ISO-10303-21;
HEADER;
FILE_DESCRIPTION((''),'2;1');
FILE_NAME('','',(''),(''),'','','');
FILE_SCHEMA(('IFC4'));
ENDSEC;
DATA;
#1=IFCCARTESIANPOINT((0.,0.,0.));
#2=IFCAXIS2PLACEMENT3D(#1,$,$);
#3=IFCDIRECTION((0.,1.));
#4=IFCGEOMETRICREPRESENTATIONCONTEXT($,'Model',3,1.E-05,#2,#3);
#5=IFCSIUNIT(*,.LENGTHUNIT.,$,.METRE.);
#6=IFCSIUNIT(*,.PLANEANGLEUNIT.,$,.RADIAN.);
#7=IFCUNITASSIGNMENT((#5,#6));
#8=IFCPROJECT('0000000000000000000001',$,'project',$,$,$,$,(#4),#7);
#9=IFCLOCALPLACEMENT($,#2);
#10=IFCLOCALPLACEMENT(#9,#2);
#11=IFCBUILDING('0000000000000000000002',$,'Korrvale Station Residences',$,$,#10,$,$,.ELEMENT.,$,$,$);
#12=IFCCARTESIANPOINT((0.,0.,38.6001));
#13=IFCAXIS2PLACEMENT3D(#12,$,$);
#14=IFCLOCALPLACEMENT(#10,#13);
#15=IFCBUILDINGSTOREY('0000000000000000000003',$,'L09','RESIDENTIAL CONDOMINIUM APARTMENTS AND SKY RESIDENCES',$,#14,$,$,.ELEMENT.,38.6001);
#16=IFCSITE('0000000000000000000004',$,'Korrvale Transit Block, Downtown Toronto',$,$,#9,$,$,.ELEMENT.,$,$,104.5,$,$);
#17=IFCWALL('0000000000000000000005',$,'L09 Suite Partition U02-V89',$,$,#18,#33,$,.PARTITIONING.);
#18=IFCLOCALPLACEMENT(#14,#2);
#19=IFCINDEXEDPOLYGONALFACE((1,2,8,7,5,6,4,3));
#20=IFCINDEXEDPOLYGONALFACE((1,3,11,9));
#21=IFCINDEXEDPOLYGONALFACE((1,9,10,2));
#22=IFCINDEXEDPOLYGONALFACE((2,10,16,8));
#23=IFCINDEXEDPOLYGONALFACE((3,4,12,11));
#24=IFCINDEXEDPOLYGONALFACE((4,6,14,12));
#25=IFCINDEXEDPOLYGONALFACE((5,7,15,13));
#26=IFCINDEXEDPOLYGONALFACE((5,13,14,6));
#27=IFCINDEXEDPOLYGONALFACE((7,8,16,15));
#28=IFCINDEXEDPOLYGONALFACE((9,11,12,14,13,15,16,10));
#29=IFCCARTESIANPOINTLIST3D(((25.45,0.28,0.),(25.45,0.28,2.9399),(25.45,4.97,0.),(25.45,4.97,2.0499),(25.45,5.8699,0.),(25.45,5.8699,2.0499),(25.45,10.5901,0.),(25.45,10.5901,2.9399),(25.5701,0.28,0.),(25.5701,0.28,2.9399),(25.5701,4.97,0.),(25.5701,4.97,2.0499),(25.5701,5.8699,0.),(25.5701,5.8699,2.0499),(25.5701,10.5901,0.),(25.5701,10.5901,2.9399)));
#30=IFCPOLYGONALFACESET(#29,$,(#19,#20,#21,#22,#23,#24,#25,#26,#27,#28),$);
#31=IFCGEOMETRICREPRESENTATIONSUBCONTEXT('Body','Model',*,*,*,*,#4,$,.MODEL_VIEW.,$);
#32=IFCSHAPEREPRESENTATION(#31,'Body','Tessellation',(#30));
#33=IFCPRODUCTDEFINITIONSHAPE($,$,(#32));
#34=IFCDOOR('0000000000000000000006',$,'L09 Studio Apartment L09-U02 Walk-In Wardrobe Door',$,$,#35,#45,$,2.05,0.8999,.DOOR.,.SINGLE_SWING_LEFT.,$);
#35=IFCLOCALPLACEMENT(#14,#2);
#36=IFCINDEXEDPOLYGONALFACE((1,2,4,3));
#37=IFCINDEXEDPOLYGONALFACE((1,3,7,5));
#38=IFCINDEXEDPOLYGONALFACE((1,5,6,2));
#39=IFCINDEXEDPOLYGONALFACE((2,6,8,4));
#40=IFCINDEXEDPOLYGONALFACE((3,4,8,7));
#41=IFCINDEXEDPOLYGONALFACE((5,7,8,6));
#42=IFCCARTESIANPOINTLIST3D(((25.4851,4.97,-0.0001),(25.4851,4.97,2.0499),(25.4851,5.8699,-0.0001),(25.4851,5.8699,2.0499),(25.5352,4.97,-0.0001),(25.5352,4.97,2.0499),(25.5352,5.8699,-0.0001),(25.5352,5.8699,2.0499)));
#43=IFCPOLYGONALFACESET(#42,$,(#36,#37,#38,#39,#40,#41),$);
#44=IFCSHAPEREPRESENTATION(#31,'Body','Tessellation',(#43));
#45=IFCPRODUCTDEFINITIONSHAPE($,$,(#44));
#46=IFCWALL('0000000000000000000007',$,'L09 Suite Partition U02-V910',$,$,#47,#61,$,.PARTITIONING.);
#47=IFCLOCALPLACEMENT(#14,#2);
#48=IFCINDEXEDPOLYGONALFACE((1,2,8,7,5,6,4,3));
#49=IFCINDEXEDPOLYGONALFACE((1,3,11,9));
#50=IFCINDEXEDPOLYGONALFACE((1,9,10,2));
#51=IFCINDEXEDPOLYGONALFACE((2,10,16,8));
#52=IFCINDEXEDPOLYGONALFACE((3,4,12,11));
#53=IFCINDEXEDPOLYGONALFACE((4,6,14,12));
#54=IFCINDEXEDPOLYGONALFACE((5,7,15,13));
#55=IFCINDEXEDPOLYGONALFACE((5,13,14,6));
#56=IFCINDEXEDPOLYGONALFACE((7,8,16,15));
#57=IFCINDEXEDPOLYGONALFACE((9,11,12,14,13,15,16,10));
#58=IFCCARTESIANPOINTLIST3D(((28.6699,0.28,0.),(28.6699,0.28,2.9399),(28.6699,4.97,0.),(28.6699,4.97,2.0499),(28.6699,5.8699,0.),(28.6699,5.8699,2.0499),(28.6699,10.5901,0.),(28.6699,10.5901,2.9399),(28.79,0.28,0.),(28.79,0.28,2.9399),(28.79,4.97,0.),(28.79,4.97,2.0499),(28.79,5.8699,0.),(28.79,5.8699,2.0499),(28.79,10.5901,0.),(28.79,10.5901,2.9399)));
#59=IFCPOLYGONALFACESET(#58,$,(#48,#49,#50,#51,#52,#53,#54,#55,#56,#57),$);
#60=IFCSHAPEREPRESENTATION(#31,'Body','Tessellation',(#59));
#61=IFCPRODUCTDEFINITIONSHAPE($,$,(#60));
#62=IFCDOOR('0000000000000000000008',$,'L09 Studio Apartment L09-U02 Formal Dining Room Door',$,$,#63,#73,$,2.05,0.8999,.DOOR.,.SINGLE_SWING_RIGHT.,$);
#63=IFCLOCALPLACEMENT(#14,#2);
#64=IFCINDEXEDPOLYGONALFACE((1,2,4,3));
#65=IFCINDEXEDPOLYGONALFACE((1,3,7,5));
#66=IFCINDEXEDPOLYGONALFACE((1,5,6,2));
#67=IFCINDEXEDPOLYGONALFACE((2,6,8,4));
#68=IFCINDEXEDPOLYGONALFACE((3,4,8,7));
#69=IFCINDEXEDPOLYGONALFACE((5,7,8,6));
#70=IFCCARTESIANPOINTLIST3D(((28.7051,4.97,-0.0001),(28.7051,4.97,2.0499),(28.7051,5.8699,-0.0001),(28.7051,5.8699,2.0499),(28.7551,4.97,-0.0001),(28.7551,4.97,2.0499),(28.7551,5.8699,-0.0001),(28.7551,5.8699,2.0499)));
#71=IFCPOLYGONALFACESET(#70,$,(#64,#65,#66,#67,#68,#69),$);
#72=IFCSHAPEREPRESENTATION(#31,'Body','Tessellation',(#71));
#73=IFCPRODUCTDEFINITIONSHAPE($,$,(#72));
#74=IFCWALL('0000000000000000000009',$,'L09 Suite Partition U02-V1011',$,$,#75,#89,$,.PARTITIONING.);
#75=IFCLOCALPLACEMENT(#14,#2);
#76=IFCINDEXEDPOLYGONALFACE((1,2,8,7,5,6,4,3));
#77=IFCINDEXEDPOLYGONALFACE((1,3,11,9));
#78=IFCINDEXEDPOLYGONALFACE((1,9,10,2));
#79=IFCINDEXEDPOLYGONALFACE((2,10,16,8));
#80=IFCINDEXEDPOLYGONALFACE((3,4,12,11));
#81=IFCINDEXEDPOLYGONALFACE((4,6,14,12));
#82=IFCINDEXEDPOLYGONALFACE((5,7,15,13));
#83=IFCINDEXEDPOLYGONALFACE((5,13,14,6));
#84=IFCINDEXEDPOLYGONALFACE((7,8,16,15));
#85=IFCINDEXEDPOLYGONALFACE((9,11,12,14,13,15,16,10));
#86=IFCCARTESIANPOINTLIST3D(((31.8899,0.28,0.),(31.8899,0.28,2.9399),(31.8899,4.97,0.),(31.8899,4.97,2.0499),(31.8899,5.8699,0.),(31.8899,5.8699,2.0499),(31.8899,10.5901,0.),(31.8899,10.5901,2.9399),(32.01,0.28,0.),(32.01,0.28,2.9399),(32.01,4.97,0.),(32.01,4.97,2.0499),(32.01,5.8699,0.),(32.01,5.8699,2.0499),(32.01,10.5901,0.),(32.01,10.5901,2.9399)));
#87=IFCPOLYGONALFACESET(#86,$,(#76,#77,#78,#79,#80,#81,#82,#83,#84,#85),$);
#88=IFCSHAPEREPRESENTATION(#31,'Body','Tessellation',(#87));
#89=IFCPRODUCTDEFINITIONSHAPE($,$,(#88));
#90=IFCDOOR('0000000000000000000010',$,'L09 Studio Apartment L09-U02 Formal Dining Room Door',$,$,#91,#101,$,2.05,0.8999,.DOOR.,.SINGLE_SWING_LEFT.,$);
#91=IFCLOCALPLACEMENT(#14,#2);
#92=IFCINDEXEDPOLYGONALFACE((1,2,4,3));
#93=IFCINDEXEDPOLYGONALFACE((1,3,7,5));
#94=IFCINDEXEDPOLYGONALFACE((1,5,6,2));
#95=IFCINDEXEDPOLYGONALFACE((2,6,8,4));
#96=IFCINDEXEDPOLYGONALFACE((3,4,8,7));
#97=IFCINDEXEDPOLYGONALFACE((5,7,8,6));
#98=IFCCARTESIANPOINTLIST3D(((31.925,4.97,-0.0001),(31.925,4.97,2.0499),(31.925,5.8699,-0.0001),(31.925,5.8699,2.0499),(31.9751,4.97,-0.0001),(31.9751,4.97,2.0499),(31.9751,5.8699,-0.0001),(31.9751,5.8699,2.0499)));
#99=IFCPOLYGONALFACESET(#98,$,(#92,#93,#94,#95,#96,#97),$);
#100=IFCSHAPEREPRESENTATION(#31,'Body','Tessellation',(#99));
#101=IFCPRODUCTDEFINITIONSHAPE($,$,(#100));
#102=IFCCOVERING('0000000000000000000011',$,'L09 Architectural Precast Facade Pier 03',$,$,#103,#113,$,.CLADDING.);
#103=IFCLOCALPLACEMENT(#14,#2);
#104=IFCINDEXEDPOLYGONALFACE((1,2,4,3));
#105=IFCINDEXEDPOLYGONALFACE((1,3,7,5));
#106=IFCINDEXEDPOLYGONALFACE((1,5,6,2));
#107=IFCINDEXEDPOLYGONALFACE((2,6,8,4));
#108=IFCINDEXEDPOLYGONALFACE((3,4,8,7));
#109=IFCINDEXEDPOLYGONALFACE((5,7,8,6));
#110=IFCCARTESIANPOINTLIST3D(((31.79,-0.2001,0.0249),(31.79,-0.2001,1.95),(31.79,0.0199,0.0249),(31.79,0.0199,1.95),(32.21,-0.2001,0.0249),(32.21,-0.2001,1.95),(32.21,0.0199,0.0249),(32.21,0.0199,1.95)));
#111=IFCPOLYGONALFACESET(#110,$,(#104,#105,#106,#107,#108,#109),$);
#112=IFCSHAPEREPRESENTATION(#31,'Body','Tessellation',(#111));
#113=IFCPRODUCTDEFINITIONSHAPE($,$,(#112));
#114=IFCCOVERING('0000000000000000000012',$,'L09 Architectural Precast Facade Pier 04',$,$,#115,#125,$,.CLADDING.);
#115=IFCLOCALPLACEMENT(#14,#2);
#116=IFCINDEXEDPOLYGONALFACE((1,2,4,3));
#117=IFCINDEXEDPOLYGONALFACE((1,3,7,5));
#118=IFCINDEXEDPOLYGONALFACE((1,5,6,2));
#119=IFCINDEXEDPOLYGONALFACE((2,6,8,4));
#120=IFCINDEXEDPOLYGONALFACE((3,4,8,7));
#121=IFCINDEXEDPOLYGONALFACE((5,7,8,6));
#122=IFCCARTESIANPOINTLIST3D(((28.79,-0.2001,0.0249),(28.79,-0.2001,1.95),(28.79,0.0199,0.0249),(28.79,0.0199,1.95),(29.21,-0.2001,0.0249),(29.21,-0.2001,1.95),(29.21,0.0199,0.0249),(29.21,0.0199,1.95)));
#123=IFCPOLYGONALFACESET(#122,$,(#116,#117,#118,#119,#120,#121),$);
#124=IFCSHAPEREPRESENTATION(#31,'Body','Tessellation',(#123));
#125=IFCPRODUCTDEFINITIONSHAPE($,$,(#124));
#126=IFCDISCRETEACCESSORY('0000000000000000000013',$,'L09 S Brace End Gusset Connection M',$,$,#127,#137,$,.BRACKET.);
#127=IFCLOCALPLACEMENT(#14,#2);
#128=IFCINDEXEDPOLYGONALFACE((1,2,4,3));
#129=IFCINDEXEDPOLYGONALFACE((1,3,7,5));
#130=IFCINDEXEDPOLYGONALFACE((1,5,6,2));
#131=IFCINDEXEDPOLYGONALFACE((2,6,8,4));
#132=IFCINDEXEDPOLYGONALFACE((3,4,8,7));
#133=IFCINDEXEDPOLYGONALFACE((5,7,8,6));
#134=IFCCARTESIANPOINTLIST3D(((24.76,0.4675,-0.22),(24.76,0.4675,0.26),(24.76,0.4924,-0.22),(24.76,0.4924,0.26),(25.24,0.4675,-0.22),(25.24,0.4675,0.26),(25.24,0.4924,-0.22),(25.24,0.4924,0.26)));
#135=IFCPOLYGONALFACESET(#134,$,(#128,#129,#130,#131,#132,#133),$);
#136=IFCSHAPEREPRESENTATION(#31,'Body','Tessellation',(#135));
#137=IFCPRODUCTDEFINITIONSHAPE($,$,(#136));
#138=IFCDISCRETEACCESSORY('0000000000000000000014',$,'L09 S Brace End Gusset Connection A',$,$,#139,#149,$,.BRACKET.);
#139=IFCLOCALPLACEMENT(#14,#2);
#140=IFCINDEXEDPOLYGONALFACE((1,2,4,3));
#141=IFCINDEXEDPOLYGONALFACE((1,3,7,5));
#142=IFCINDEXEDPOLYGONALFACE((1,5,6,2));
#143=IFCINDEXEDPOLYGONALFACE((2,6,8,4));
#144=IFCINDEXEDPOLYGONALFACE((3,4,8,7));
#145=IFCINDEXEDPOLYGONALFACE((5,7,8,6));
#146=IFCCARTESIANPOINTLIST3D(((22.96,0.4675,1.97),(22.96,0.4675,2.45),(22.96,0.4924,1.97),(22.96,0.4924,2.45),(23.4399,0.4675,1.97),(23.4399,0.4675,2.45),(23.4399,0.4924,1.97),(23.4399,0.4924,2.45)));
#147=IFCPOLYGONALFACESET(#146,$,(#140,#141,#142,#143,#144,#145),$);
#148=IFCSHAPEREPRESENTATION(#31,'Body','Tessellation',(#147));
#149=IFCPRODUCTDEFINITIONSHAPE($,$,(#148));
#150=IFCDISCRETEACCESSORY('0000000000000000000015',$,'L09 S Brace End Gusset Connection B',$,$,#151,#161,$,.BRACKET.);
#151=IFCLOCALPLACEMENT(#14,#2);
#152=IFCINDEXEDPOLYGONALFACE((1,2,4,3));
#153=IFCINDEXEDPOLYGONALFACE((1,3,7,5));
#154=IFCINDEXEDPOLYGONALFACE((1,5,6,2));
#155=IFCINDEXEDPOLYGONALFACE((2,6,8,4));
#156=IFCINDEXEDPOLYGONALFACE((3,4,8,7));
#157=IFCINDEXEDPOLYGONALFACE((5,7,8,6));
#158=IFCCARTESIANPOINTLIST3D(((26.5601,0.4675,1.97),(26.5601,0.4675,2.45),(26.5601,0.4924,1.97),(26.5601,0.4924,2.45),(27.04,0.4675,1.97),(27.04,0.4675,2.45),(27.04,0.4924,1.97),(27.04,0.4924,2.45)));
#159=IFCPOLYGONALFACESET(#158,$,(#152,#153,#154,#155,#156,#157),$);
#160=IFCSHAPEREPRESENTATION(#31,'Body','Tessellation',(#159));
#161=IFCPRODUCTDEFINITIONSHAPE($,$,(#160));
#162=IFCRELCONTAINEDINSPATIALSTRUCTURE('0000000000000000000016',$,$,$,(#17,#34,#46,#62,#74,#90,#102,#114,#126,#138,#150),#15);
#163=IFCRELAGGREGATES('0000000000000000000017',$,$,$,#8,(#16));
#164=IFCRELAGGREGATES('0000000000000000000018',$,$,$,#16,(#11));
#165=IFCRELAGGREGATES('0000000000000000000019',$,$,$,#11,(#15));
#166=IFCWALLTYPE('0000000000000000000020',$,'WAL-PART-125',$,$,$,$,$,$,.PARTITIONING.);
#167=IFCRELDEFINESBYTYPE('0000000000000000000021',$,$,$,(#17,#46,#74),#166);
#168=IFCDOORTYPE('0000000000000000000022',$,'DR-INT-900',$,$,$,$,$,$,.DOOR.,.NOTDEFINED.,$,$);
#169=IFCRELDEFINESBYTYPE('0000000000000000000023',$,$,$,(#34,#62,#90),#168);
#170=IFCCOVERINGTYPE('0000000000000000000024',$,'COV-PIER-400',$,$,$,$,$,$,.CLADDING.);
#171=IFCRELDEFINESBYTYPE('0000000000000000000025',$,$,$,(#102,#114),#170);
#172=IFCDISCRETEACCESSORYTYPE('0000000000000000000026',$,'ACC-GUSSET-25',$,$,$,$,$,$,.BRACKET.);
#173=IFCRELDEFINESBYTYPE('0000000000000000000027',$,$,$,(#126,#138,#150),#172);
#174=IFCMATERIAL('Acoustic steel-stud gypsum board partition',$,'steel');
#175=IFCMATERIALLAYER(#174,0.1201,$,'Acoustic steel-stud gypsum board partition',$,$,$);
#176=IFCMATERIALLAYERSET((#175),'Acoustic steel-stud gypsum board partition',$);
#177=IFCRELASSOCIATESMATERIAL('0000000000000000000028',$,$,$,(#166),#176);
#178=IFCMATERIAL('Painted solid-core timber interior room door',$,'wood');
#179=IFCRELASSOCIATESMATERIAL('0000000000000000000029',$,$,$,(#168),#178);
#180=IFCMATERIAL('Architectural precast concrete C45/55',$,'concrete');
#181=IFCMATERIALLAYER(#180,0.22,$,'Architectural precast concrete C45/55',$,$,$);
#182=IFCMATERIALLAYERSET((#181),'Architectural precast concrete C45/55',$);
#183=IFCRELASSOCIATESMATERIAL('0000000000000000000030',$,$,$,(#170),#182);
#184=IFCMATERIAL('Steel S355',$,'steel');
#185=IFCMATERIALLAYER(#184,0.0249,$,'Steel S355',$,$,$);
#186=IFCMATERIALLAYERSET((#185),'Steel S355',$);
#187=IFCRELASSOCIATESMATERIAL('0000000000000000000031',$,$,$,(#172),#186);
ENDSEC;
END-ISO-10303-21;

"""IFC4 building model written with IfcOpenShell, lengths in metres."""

from ifc_helpers import new_model, si_unit, direction, frame, frame_2d, origin, origin_2d, place, context, subcontext, project, spatial, rectangle, extrude, material, layer, layer_set, type_object, element, fill, save


model = new_model("IFC4")

# Units and contexts
model_context = context("Model", 3, precision=1e-05, world=origin(), true_north=direction((0.0, 1.0)))
body_context = subcontext(model_context, "Body", "Model", "MODEL_VIEW")
ifc_project = project(units=[si_unit("LENGTHUNIT", "METRE"), si_unit("PLANEANGLEUNIT", "RADIAN")], contexts=[model_context])

# Site, building, storey
site_placement = place(None, origin())
site = spatial("IfcSite", under=ifc_project, at=site_placement, Name="Korrvale Transit Block, Downtown Toronto", CompositionType="ELEMENT", RefElevation=104.5)
building_placement = place(site_placement, origin())
building = spatial("IfcBuilding", under=site, at=building_placement, Name="Korrvale Station Residences", CompositionType="ELEMENT")
storey_placement = place(building_placement, frame((0.0, 0.0, 38.6001)))
storey = spatial("IfcBuildingStorey", under=building, at=storey_placement, Name="L09", Description="RESIDENTIAL CONDOMINIUM APARTMENTS AND SKY RESIDENCES", CompositionType="ELEMENT", Elevation=38.6001)

# Shared definitions
ifc_material_1 = material(Name="Steel S355", Category="steel")

# Shared definitions
ifc_material_2 = material(Name="Acoustic steel-stud gypsum board partition", Category="steel")
ifc_layer_1 = layer(ifc_material_2, 0.1201, Name="Acoustic steel-stud gypsum board partition")
ifc_layer_set_1 = layer_set([ifc_layer_1], Name="Acoustic steel-stud gypsum board partition")
wall_type = type_object("IfcWallType", Name="WAL-PART-125", PredefinedType="PARTITIONING", material=ifc_layer_set_1)
ifc_material_3 = material(Name="Painted solid-core timber interior room door", Category="wood")
door_type = type_object("IfcDoorType", Name="DR-INT-900", OperationType="NOTDEFINED", PredefinedType="DOOR", material=ifc_material_3)

# Walls, openings, doors
wall_1_placement = place(storey_placement, frame((25.51, 0.28, 0.0), z_axis=(0.0, 0.0, 1.0), x_axis=(0.0, 1.0, 0.0)))
wall_1 = element("IfcWall", 1, at=wall_1_placement, inside=storey, type_object=wall_type, Name="L09 Suite Partition U02-V89", PredefinedType="PARTITIONING", context=body_context, shape_type="SweptSolid", body=[
    extrude(rectangle(XDim=10.3101, YDim=0.1201, at=frame_2d((5.155, 0.0))), origin(), (0.0, 0.0, 1.0), 2.9399),
])
opening_1_placement = place(wall_1_placement, frame((4.6899, 0.0, 0.0)))
opening_1 = element("IfcOpeningElement", 2, at=opening_1_placement, cuts=wall_1, PredefinedType="OPENING", context=body_context, shape_type="SweptSolid", body=[
    extrude(rectangle(XDim=0.8999, YDim=2.05, at=frame_2d((0.45, 1.0249))), frame((0.0, 0.0701, 0.0), z_axis=(0.0, -1.0, 0.0), x_axis=(1.0, 0.0, 0.0)), (0.0, 0.0, 1.0), 0.1401),
])
door_1_placement = place(opening_1_placement, origin())
door_1 = element("IfcDoor", 3, at=door_1_placement, inside=storey, type_object=door_type, Name="L09 Studio Apartment L09-U02 Walk-In Wardrobe Door", OperationType="SINGLE_SWING_LEFT", OverallHeight=2.05, OverallWidth=0.8999, PredefinedType="DOOR", context=body_context, shape_type="SweptSolid", body=[
    extrude(rectangle(XDim=0.8999, YDim=2.05, at=frame_2d((0.45, 1.0249))), frame((0.0, 0.0249, 0.0), z_axis=(0.0, -1.0, 0.0), x_axis=(1.0, 0.0, 0.0)), (0.0, 0.0, 1.0), 0.05),
])
fill(opening_1, door_1)
wall_2_placement = place(storey_placement, frame((28.73, 0.28, 0.0), z_axis=(0.0, 0.0, 1.0), x_axis=(0.0, 1.0, 0.0)))
wall_2 = element("IfcWall", 4, at=wall_2_placement, inside=storey, type_object=wall_type, Name="L09 Suite Partition U02-V910", PredefinedType="PARTITIONING", context=body_context, shape_type="SweptSolid", body=[
    extrude(rectangle(XDim=10.3101, YDim=0.1201, at=frame_2d((5.155, 0.0))), origin(), (0.0, 0.0, 1.0), 2.9399),
])
opening_2_placement = place(wall_2_placement, frame((4.6899, 0.0, 0.0)))
opening_2 = element("IfcOpeningElement", 5, at=opening_2_placement, cuts=wall_2, PredefinedType="OPENING", context=body_context, shape_type="SweptSolid", body=[
    extrude(rectangle(XDim=0.8999, YDim=2.05, at=frame_2d((0.45, 1.0249))), frame((0.0, 0.0701, 0.0), z_axis=(0.0, -1.0, 0.0), x_axis=(1.0, 0.0, 0.0)), (0.0, 0.0, 1.0), 0.1401),
])
door_2_placement = place(opening_2_placement, origin())
door_2 = element("IfcDoor", 6, at=door_2_placement, inside=storey, type_object=door_type, Name="L09 Studio Apartment L09-U02 Formal Dining Room Door", OperationType="SINGLE_SWING_RIGHT", OverallHeight=2.05, OverallWidth=0.8999, PredefinedType="DOOR", context=body_context, shape_type="SweptSolid", body=[
    extrude(rectangle(XDim=0.8999, YDim=2.05, at=frame_2d((0.45, 1.0249))), frame((0.0, 0.0249, 0.0), z_axis=(0.0, -1.0, 0.0), x_axis=(1.0, 0.0, 0.0)), (0.0, 0.0, 1.0), 0.05),
])
fill(opening_2, door_2)
wall_3_placement = place(storey_placement, frame((31.95, 0.28, 0.0), z_axis=(0.0, 0.0, 1.0), x_axis=(0.0, 1.0, 0.0)))
wall_3 = element("IfcWall", 7, at=wall_3_placement, inside=storey, type_object=wall_type, Name="L09 Suite Partition U02-V1011", PredefinedType="PARTITIONING", context=body_context, shape_type="SweptSolid", body=[
    extrude(rectangle(XDim=10.3101, YDim=0.1201, at=frame_2d((5.155, 0.0))), origin(), (0.0, 0.0, 1.0), 2.9399),
])
opening_3_placement = place(wall_3_placement, frame((4.6899, 0.0, 0.0)))
opening_3 = element("IfcOpeningElement", 8, at=opening_3_placement, cuts=wall_3, PredefinedType="OPENING", context=body_context, shape_type="SweptSolid", body=[
    extrude(rectangle(XDim=0.8999, YDim=2.05, at=frame_2d((0.45, 1.0249))), frame((0.0, 0.0701, 0.0), z_axis=(0.0, -1.0, 0.0), x_axis=(1.0, 0.0, 0.0)), (0.0, 0.0, 1.0), 0.1401),
])
door_3_placement = place(opening_3_placement, origin())
door_3 = element("IfcDoor", 9, at=door_3_placement, inside=storey, type_object=door_type, Name="L09 Studio Apartment L09-U02 Formal Dining Room Door", OperationType="SINGLE_SWING_LEFT", OverallHeight=2.05, OverallWidth=0.8999, PredefinedType="DOOR", context=body_context, shape_type="SweptSolid", body=[
    extrude(rectangle(XDim=0.8999, YDim=2.05, at=frame_2d((0.45, 1.0249))), frame((0.0, 0.0249, 0.0), z_axis=(0.0, -1.0, 0.0), x_axis=(1.0, 0.0, 0.0)), (0.0, 0.0, 1.0), 0.05),
])
fill(opening_3, door_3)

# Coverings
ifc_material_4 = material(Name="Architectural precast concrete C45/55", Category="concrete")
ifc_layer_2 = layer(ifc_material_4, 0.22, Name="Architectural precast concrete C45/55")
ifc_layer_set_2 = layer_set([ifc_layer_2], Name="Architectural precast concrete C45/55")
covering_type = type_object("IfcCoveringType", Name="COV-PIER-400", PredefinedType="CLADDING", material=ifc_layer_set_2)
for number, where, z_axis, x_axis, name in (
    (10, (32.0, -0.0901, 0.0249), (0.0, 0.0, 1.0), (1.0, 0.0, 0.0), "L09 Architectural Precast Facade Pier 03"),
    (11, (29.0, -0.0901, 0.0249), (0.0, 0.0, 1.0), (1.0, 0.0, 0.0), "L09 Architectural Precast Facade Pier 04"),
):
    element("IfcCovering", number, at=place(storey_placement, frame(where, z_axis=z_axis, x_axis=x_axis)), inside=storey, type_object=covering_type, Name=name, PredefinedType="CLADDING", context=body_context, shape_type="SweptSolid", body=[
        extrude(rectangle(XDim=0.4199, YDim=0.22, at=origin_2d()), origin(), (0.0, 0.0, 1.0), 1.925),
    ])

# Discrete accessories
ifc_layer_3 = layer(ifc_material_1, 0.0249, Name="Steel S355")
ifc_layer_set_3 = layer_set([ifc_layer_3], Name="Steel S355")
discrete_accessory_type = type_object("IfcDiscreteAccessoryType", Name="ACC-GUSSET-25", PredefinedType="BRACKET", material=ifc_layer_set_3)
for number, where, z_axis, x_axis, name in (
    (12, (25.0, 0.48, -0.22), (0.0, 0.0, 1.0), (1.0, 0.0, 0.0), "L09 S Brace End Gusset Connection M"),
    (13, (23.2, 0.48, 1.97), (0.0, 0.0, 1.0), (1.0, 0.0, 0.0), "L09 S Brace End Gusset Connection A"),
    (14, (26.8, 0.48, 1.97), (0.0, 0.0, 1.0), (1.0, 0.0, 0.0), "L09 S Brace End Gusset Connection B"),
):
    element("IfcDiscreteAccessory", number, at=place(storey_placement, frame(where, z_axis=z_axis, x_axis=x_axis)), inside=storey, type_object=discrete_accessory_type, Name=name, PredefinedType="BRACKET", context=body_context, shape_type="SweptSolid", body=[
        extrude(rectangle(XDim=0.48, YDim=0.0249, at=origin_2d()), origin(), (0.0, 0.0, 1.0), 0.48),
    ])

save(model, "model.ifc")
